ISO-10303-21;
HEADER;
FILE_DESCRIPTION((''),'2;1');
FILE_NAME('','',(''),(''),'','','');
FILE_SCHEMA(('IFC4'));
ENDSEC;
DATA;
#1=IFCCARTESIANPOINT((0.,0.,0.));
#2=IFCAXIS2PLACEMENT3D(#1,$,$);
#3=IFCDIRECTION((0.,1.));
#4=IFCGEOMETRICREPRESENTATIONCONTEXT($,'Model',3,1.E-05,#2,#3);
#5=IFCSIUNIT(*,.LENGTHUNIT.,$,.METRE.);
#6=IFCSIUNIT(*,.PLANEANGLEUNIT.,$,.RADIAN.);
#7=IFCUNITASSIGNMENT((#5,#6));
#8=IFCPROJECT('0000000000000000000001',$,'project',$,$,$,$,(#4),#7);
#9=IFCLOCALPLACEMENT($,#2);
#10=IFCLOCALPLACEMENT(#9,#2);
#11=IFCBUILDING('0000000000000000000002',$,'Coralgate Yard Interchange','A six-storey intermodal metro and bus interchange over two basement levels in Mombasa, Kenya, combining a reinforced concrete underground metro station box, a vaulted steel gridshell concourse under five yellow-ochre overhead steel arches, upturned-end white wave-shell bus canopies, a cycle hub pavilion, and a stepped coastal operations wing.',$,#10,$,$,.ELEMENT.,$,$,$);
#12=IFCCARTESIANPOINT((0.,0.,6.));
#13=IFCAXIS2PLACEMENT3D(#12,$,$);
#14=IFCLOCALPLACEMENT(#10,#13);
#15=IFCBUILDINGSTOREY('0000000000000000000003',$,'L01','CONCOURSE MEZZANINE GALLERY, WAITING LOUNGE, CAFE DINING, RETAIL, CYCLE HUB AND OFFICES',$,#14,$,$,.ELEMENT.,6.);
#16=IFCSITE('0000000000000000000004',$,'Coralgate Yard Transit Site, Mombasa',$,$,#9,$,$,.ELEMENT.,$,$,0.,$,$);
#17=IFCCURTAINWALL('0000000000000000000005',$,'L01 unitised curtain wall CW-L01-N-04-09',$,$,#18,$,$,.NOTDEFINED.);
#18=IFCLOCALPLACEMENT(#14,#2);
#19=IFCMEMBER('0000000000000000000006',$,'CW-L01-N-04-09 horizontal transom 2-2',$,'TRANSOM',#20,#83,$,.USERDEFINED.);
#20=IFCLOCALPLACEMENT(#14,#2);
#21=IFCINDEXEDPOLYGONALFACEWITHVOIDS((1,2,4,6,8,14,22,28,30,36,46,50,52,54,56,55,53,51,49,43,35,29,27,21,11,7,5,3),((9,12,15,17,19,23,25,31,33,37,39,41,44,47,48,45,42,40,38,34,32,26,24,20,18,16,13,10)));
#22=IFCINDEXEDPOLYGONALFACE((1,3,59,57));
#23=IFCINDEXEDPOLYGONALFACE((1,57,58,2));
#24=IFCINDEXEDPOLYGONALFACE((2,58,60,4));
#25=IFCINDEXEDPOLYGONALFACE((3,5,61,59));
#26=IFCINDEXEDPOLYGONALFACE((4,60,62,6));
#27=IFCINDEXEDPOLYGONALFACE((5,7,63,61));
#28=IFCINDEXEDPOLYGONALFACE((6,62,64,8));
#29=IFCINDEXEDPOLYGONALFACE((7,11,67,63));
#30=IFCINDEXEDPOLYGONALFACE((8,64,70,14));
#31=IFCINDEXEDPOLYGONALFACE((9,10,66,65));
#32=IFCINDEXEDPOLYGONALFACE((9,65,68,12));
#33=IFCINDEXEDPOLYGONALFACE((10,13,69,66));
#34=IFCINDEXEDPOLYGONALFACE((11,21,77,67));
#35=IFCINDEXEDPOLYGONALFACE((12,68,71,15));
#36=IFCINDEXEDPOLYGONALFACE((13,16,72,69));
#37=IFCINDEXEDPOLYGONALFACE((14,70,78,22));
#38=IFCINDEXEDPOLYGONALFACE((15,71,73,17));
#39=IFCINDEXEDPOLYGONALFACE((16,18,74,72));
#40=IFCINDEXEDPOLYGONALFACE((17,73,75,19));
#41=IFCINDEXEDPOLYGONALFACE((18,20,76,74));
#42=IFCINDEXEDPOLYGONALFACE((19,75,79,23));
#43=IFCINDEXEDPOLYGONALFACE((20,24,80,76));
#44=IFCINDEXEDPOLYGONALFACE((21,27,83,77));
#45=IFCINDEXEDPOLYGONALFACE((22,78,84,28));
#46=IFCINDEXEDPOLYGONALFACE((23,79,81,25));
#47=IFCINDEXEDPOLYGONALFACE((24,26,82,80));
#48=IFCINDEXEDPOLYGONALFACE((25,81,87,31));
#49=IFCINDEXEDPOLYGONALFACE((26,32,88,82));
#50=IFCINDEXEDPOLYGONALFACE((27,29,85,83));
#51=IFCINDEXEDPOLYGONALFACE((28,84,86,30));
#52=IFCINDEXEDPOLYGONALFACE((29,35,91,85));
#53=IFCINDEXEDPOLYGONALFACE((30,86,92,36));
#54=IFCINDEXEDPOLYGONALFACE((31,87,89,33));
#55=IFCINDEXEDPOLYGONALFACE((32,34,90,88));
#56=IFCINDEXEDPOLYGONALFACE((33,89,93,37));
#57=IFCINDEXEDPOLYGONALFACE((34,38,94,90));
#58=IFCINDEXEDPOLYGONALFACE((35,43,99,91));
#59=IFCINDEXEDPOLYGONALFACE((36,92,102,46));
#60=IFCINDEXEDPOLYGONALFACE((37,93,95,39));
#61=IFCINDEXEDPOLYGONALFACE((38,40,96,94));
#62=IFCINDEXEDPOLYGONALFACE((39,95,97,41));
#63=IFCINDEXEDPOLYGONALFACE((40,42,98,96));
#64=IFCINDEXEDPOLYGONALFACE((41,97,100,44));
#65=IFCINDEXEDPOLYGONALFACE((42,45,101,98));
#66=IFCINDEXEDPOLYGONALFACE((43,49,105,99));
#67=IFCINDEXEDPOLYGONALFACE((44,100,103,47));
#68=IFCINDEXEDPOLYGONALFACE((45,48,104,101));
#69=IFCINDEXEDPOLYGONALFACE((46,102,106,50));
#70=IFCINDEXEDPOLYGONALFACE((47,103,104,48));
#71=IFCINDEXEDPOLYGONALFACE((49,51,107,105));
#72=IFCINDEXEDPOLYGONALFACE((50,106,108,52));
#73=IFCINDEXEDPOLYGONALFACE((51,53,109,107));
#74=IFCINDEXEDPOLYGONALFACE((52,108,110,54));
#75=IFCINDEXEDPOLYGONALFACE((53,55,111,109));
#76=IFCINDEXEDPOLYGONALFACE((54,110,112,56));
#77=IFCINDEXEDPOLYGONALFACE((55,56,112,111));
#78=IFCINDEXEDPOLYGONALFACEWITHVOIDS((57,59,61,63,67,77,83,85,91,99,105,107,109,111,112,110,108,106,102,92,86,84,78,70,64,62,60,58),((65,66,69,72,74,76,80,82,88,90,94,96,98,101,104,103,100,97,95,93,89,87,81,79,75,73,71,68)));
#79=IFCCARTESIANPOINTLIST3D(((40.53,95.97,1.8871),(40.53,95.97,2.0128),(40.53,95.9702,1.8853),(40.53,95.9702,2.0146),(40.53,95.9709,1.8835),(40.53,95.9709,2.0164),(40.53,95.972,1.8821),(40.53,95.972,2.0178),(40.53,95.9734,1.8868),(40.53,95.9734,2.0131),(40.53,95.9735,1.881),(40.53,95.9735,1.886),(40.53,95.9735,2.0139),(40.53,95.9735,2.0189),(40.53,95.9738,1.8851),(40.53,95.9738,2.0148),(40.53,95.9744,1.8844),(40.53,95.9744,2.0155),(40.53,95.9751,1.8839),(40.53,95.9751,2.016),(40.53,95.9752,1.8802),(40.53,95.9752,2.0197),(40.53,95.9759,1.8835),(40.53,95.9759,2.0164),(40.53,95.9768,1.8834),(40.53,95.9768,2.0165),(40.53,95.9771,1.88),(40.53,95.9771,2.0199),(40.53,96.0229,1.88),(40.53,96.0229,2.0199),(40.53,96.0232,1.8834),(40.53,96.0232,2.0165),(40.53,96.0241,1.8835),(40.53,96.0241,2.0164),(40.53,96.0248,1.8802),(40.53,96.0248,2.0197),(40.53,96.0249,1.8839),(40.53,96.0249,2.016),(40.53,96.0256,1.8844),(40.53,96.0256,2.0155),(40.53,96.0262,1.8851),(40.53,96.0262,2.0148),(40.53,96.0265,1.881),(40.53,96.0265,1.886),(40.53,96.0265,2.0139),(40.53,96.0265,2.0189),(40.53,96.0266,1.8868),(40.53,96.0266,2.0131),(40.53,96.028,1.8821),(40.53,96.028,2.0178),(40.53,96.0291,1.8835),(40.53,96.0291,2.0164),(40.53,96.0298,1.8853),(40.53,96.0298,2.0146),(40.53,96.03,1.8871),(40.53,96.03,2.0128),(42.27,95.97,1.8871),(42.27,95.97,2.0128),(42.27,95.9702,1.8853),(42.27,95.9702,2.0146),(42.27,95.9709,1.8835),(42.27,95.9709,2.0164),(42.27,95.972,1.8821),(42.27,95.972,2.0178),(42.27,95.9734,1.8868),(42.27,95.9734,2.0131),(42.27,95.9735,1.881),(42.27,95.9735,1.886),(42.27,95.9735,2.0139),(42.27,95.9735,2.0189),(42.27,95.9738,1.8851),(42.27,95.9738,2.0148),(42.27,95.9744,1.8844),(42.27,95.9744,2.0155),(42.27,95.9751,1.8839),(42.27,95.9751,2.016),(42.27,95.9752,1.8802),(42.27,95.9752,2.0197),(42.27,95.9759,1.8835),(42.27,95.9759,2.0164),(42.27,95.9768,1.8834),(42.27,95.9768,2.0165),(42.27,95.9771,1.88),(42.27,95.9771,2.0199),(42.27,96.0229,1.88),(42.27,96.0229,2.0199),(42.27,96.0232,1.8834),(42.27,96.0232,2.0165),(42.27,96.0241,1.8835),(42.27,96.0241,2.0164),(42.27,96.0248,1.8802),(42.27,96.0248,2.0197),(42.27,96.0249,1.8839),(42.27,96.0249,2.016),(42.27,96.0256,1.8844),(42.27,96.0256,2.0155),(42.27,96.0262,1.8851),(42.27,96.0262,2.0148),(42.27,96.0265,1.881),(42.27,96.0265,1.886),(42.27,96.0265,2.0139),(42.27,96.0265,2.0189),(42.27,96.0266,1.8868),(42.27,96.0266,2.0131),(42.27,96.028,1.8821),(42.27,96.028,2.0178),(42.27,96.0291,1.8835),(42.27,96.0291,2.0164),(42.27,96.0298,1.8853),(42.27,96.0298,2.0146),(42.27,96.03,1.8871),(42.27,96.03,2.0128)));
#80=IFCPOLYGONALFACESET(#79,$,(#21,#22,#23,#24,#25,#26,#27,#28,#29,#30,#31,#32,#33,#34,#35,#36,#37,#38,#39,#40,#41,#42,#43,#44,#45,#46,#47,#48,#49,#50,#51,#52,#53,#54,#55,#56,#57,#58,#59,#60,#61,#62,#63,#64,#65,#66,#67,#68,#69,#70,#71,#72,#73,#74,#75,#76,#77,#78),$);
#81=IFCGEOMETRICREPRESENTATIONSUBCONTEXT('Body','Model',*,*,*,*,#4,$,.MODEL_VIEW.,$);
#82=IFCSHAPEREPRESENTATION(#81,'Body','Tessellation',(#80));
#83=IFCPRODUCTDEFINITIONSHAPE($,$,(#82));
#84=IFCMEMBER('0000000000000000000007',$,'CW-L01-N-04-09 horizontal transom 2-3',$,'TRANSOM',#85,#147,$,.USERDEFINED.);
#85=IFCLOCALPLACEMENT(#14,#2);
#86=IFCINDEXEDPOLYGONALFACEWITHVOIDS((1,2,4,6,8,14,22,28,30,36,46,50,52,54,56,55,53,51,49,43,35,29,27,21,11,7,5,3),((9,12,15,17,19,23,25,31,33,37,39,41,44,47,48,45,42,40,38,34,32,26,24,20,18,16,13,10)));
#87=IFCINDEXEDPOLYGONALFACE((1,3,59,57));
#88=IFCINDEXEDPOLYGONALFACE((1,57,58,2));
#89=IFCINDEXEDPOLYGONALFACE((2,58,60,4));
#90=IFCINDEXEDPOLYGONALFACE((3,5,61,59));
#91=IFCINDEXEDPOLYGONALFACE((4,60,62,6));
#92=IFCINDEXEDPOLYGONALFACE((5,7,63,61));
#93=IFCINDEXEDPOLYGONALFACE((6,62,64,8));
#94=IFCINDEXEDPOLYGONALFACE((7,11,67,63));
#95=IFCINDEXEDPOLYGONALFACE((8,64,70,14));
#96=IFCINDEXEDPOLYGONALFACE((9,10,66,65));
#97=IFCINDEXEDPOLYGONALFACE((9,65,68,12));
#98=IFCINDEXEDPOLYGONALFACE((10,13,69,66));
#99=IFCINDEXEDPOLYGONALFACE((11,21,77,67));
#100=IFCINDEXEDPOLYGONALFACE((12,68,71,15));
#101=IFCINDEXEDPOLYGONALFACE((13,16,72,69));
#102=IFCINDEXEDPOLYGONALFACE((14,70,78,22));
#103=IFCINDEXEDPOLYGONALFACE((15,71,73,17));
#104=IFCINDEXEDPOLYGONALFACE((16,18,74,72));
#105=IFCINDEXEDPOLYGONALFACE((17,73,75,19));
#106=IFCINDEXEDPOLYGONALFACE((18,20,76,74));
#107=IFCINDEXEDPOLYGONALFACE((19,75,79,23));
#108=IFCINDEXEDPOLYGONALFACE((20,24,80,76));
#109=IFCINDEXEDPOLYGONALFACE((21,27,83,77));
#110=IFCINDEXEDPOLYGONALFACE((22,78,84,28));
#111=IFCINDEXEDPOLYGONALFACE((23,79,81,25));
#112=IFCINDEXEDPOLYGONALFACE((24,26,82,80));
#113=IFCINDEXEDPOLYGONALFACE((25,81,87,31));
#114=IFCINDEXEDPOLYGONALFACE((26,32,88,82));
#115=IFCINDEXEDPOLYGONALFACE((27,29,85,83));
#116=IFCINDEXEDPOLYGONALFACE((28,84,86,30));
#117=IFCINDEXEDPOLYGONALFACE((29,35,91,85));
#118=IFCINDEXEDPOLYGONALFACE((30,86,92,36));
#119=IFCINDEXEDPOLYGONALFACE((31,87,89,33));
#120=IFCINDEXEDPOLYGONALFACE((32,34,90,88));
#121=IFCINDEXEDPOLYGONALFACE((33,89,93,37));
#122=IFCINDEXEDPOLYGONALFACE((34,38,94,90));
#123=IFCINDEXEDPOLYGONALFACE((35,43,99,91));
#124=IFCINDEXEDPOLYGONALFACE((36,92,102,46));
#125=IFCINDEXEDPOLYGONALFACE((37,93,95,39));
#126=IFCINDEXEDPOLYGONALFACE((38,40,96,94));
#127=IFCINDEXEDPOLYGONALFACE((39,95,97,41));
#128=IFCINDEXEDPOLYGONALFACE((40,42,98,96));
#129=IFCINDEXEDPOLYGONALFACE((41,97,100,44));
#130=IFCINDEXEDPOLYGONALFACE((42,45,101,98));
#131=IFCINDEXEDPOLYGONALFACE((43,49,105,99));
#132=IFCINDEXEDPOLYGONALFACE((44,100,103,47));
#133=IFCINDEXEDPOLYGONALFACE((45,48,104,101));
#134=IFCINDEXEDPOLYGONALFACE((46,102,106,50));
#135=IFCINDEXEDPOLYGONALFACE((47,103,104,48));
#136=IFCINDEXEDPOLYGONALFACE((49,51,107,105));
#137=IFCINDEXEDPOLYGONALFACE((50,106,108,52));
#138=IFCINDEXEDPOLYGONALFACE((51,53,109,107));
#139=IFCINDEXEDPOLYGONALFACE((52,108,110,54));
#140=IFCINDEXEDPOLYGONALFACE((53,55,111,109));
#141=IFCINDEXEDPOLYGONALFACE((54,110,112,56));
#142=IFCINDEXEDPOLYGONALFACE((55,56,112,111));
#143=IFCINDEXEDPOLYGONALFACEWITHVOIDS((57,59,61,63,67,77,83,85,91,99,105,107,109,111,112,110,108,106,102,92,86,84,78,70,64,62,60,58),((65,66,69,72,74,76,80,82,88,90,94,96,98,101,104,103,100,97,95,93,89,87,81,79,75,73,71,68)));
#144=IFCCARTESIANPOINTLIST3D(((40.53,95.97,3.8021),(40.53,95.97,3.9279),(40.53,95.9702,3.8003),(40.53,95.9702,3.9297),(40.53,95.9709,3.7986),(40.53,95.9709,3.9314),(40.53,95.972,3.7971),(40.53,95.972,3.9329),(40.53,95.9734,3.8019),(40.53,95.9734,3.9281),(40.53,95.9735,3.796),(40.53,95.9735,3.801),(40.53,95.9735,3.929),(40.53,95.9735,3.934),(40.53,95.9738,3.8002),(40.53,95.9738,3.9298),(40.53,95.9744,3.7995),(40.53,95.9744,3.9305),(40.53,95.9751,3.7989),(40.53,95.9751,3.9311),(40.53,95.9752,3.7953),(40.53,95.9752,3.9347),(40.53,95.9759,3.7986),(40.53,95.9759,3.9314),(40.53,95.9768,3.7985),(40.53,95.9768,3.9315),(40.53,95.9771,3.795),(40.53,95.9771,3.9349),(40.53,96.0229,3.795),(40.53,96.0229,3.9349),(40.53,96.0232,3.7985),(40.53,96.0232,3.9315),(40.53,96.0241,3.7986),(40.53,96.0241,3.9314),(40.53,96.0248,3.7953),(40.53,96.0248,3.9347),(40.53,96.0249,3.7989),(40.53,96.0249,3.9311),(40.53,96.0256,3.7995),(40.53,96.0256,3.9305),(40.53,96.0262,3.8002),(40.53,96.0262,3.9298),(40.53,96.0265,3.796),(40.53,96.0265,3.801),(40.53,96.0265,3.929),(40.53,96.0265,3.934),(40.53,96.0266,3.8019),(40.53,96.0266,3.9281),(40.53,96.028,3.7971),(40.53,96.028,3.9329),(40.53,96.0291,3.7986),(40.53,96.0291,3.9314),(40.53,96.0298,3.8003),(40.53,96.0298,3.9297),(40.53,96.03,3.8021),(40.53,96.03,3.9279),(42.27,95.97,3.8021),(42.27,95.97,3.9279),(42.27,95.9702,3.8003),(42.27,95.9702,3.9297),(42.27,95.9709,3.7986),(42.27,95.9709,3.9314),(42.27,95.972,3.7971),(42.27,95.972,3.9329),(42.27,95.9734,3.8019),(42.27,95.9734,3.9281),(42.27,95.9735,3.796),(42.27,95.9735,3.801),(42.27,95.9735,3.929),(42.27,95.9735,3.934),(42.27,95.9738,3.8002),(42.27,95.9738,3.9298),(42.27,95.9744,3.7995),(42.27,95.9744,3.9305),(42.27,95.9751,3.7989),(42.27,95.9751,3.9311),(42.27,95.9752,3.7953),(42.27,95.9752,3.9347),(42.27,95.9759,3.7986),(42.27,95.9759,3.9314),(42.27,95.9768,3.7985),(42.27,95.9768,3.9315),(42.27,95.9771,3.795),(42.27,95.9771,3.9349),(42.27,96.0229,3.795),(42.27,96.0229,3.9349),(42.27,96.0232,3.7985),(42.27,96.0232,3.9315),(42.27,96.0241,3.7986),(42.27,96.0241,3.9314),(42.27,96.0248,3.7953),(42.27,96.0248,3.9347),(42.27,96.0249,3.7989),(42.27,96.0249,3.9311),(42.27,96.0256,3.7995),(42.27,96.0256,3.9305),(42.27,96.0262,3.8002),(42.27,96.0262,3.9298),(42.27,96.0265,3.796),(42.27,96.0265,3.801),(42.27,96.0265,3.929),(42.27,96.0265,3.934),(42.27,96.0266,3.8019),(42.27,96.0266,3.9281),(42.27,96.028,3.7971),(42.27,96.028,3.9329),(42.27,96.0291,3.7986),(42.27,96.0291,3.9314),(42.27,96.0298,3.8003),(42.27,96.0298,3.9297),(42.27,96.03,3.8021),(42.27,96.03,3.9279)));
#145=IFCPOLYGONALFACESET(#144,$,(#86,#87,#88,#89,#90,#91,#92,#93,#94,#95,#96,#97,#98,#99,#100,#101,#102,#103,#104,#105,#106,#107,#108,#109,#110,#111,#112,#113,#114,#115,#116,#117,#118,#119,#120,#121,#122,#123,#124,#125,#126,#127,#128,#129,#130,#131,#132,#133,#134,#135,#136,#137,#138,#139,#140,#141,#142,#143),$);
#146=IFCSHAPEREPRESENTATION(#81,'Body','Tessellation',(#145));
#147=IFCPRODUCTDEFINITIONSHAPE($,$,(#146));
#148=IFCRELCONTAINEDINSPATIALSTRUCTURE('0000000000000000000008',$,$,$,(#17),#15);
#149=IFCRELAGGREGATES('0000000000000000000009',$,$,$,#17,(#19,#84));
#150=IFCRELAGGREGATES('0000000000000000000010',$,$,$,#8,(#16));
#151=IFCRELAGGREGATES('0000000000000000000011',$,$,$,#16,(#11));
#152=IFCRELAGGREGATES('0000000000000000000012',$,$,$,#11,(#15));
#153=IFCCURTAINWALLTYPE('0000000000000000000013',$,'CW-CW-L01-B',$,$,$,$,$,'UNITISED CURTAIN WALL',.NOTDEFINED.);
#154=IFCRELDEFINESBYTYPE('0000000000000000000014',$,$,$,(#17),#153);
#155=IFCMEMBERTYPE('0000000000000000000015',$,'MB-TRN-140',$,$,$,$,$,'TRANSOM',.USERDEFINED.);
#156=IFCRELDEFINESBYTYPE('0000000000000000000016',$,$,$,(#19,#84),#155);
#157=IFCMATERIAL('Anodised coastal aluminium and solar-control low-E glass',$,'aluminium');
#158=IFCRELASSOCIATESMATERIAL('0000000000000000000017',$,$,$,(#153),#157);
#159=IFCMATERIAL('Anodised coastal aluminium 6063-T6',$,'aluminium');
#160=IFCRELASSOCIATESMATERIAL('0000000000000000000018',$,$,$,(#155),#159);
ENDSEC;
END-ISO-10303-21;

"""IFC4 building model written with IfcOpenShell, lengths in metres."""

from ifc_helpers import new_model, si_unit, direction, frame, origin, origin_2d, place, context, subcontext, project, spatial, hollow_rectangle, extrude, material, material_profile, profile_set, type_object, element, aggregate, save


model = new_model("IFC4")

# Units and contexts
model_context = context("Model", 3, precision=1e-05, world=origin(), true_north=direction((0.0, 1.0)))
body_context = subcontext(model_context, "Body", "Model", "MODEL_VIEW")
ifc_project = project(units=[si_unit("LENGTHUNIT", "METRE"), si_unit("PLANEANGLEUNIT", "RADIAN")], contexts=[model_context])

# Site, building, storey
site_placement = place(None, origin())
site = spatial("IfcSite", under=ifc_project, at=site_placement, Name="Coralgate Yard Transit Site, Mombasa", CompositionType="ELEMENT", RefElevation=0.0)
building_placement = place(site_placement, origin())
building = spatial("IfcBuilding", under=site, at=building_placement, Name="Coralgate Yard Interchange", Description="A six-storey intermodal metro and bus interchange over two basement levels in Mombasa, Kenya, combining a reinforced concrete underground metro station box, a vaulted steel gridshell concourse under five yellow-ochre overhead steel arches, upturned-end white wave-shell bus canopies, a cycle hub pavilion, and a stepped coastal operations wing.", CompositionType="ELEMENT")
storey_placement = place(building_placement, frame((0.0, 0.0, 6.0)))
storey = spatial("IfcBuildingStorey", under=building, at=storey_placement, Name="L01", Description="CONCOURSE MEZZANINE GALLERY, WAITING LOUNGE, CAFE DINING, RETAIL, CYCLE HUB AND OFFICES", CompositionType="ELEMENT", Elevation=6.0)

# Shared definitions
ifc_material_1 = material(Name="Anodised coastal aluminium and solar-control low-E glass", Category="aluminium")
ifc_material_2 = material(Name="Anodised coastal aluminium 6063-T6", Category="aluminium")

# Curtain wall
curtain_wall_type_1 = type_object("IfcCurtainWallType", Name="CW-CW-L01-B", ElementType="UNITISED CURTAIN WALL", PredefinedType="NOTDEFINED", material=ifc_material_1)
curtain_wall_1_placement = place(storey_placement, origin())
curtain_wall_1 = element("IfcCurtainWall", 1, at=curtain_wall_1_placement, inside=storey, type_object=curtain_wall_type_1, Name="L01 unitised curtain wall CW-L01-N-04-09", PredefinedType="NOTDEFINED")

# Members
ifc_material_profile_1 = material_profile(ifc_material_2, hollow_rectangle(XDim=0.0601, YDim=0.1399, WallThickness=0.0034, InnerFilletRadius=0.0034, OuterFilletRadius=0.0071, at=origin_2d()), Name="ALU 60x140x3.5")
ifc_profile_set_1 = profile_set([ifc_material_profile_1], Name="Anodised coastal aluminium 6063-T6")
member_type_1 = type_object("IfcMemberType", Name="MB-TRN-140", ElementType="TRANSOM", PredefinedType="USERDEFINED", material=ifc_profile_set_1)
member_1_placement = place(storey_placement, frame((40.53, 96.0, 1.95), z_axis=(1.0, 0.0, 0.0), x_axis=(0.0, 1.0, 0.0)))
member_1 = element("IfcMember", 2, at=member_1_placement, type_object=member_type_1, Name="CW-L01-N-04-09 horizontal transom 2-2", ObjectType="TRANSOM", PredefinedType="USERDEFINED", context=body_context, shape_type="SweptSolid", body=[
    extrude(hollow_rectangle(XDim=0.0601, YDim=0.1399, WallThickness=0.0034, InnerFilletRadius=0.0034, OuterFilletRadius=0.0071, at=origin_2d()), origin(), (0.0, 0.0, 1.0), 1.74),
])
member_2_placement = place(storey_placement, frame((40.53, 96.0, 3.865), z_axis=(1.0, 0.0, 0.0), x_axis=(0.0, 1.0, 0.0)))
member_2 = element("IfcMember", 3, at=member_2_placement, type_object=member_type_1, Name="CW-L01-N-04-09 horizontal transom 2-3", ObjectType="TRANSOM", PredefinedType="USERDEFINED", context=body_context, shape_type="SweptSolid", body=[
    extrude(hollow_rectangle(XDim=0.0601, YDim=0.1399, WallThickness=0.0034, InnerFilletRadius=0.0034, OuterFilletRadius=0.0071, at=origin_2d()), origin(), (0.0, 0.0, 1.0), 1.74),
])

aggregate(curtain_wall_1, [member_1, member_2])

save(model, "model.ifc")
